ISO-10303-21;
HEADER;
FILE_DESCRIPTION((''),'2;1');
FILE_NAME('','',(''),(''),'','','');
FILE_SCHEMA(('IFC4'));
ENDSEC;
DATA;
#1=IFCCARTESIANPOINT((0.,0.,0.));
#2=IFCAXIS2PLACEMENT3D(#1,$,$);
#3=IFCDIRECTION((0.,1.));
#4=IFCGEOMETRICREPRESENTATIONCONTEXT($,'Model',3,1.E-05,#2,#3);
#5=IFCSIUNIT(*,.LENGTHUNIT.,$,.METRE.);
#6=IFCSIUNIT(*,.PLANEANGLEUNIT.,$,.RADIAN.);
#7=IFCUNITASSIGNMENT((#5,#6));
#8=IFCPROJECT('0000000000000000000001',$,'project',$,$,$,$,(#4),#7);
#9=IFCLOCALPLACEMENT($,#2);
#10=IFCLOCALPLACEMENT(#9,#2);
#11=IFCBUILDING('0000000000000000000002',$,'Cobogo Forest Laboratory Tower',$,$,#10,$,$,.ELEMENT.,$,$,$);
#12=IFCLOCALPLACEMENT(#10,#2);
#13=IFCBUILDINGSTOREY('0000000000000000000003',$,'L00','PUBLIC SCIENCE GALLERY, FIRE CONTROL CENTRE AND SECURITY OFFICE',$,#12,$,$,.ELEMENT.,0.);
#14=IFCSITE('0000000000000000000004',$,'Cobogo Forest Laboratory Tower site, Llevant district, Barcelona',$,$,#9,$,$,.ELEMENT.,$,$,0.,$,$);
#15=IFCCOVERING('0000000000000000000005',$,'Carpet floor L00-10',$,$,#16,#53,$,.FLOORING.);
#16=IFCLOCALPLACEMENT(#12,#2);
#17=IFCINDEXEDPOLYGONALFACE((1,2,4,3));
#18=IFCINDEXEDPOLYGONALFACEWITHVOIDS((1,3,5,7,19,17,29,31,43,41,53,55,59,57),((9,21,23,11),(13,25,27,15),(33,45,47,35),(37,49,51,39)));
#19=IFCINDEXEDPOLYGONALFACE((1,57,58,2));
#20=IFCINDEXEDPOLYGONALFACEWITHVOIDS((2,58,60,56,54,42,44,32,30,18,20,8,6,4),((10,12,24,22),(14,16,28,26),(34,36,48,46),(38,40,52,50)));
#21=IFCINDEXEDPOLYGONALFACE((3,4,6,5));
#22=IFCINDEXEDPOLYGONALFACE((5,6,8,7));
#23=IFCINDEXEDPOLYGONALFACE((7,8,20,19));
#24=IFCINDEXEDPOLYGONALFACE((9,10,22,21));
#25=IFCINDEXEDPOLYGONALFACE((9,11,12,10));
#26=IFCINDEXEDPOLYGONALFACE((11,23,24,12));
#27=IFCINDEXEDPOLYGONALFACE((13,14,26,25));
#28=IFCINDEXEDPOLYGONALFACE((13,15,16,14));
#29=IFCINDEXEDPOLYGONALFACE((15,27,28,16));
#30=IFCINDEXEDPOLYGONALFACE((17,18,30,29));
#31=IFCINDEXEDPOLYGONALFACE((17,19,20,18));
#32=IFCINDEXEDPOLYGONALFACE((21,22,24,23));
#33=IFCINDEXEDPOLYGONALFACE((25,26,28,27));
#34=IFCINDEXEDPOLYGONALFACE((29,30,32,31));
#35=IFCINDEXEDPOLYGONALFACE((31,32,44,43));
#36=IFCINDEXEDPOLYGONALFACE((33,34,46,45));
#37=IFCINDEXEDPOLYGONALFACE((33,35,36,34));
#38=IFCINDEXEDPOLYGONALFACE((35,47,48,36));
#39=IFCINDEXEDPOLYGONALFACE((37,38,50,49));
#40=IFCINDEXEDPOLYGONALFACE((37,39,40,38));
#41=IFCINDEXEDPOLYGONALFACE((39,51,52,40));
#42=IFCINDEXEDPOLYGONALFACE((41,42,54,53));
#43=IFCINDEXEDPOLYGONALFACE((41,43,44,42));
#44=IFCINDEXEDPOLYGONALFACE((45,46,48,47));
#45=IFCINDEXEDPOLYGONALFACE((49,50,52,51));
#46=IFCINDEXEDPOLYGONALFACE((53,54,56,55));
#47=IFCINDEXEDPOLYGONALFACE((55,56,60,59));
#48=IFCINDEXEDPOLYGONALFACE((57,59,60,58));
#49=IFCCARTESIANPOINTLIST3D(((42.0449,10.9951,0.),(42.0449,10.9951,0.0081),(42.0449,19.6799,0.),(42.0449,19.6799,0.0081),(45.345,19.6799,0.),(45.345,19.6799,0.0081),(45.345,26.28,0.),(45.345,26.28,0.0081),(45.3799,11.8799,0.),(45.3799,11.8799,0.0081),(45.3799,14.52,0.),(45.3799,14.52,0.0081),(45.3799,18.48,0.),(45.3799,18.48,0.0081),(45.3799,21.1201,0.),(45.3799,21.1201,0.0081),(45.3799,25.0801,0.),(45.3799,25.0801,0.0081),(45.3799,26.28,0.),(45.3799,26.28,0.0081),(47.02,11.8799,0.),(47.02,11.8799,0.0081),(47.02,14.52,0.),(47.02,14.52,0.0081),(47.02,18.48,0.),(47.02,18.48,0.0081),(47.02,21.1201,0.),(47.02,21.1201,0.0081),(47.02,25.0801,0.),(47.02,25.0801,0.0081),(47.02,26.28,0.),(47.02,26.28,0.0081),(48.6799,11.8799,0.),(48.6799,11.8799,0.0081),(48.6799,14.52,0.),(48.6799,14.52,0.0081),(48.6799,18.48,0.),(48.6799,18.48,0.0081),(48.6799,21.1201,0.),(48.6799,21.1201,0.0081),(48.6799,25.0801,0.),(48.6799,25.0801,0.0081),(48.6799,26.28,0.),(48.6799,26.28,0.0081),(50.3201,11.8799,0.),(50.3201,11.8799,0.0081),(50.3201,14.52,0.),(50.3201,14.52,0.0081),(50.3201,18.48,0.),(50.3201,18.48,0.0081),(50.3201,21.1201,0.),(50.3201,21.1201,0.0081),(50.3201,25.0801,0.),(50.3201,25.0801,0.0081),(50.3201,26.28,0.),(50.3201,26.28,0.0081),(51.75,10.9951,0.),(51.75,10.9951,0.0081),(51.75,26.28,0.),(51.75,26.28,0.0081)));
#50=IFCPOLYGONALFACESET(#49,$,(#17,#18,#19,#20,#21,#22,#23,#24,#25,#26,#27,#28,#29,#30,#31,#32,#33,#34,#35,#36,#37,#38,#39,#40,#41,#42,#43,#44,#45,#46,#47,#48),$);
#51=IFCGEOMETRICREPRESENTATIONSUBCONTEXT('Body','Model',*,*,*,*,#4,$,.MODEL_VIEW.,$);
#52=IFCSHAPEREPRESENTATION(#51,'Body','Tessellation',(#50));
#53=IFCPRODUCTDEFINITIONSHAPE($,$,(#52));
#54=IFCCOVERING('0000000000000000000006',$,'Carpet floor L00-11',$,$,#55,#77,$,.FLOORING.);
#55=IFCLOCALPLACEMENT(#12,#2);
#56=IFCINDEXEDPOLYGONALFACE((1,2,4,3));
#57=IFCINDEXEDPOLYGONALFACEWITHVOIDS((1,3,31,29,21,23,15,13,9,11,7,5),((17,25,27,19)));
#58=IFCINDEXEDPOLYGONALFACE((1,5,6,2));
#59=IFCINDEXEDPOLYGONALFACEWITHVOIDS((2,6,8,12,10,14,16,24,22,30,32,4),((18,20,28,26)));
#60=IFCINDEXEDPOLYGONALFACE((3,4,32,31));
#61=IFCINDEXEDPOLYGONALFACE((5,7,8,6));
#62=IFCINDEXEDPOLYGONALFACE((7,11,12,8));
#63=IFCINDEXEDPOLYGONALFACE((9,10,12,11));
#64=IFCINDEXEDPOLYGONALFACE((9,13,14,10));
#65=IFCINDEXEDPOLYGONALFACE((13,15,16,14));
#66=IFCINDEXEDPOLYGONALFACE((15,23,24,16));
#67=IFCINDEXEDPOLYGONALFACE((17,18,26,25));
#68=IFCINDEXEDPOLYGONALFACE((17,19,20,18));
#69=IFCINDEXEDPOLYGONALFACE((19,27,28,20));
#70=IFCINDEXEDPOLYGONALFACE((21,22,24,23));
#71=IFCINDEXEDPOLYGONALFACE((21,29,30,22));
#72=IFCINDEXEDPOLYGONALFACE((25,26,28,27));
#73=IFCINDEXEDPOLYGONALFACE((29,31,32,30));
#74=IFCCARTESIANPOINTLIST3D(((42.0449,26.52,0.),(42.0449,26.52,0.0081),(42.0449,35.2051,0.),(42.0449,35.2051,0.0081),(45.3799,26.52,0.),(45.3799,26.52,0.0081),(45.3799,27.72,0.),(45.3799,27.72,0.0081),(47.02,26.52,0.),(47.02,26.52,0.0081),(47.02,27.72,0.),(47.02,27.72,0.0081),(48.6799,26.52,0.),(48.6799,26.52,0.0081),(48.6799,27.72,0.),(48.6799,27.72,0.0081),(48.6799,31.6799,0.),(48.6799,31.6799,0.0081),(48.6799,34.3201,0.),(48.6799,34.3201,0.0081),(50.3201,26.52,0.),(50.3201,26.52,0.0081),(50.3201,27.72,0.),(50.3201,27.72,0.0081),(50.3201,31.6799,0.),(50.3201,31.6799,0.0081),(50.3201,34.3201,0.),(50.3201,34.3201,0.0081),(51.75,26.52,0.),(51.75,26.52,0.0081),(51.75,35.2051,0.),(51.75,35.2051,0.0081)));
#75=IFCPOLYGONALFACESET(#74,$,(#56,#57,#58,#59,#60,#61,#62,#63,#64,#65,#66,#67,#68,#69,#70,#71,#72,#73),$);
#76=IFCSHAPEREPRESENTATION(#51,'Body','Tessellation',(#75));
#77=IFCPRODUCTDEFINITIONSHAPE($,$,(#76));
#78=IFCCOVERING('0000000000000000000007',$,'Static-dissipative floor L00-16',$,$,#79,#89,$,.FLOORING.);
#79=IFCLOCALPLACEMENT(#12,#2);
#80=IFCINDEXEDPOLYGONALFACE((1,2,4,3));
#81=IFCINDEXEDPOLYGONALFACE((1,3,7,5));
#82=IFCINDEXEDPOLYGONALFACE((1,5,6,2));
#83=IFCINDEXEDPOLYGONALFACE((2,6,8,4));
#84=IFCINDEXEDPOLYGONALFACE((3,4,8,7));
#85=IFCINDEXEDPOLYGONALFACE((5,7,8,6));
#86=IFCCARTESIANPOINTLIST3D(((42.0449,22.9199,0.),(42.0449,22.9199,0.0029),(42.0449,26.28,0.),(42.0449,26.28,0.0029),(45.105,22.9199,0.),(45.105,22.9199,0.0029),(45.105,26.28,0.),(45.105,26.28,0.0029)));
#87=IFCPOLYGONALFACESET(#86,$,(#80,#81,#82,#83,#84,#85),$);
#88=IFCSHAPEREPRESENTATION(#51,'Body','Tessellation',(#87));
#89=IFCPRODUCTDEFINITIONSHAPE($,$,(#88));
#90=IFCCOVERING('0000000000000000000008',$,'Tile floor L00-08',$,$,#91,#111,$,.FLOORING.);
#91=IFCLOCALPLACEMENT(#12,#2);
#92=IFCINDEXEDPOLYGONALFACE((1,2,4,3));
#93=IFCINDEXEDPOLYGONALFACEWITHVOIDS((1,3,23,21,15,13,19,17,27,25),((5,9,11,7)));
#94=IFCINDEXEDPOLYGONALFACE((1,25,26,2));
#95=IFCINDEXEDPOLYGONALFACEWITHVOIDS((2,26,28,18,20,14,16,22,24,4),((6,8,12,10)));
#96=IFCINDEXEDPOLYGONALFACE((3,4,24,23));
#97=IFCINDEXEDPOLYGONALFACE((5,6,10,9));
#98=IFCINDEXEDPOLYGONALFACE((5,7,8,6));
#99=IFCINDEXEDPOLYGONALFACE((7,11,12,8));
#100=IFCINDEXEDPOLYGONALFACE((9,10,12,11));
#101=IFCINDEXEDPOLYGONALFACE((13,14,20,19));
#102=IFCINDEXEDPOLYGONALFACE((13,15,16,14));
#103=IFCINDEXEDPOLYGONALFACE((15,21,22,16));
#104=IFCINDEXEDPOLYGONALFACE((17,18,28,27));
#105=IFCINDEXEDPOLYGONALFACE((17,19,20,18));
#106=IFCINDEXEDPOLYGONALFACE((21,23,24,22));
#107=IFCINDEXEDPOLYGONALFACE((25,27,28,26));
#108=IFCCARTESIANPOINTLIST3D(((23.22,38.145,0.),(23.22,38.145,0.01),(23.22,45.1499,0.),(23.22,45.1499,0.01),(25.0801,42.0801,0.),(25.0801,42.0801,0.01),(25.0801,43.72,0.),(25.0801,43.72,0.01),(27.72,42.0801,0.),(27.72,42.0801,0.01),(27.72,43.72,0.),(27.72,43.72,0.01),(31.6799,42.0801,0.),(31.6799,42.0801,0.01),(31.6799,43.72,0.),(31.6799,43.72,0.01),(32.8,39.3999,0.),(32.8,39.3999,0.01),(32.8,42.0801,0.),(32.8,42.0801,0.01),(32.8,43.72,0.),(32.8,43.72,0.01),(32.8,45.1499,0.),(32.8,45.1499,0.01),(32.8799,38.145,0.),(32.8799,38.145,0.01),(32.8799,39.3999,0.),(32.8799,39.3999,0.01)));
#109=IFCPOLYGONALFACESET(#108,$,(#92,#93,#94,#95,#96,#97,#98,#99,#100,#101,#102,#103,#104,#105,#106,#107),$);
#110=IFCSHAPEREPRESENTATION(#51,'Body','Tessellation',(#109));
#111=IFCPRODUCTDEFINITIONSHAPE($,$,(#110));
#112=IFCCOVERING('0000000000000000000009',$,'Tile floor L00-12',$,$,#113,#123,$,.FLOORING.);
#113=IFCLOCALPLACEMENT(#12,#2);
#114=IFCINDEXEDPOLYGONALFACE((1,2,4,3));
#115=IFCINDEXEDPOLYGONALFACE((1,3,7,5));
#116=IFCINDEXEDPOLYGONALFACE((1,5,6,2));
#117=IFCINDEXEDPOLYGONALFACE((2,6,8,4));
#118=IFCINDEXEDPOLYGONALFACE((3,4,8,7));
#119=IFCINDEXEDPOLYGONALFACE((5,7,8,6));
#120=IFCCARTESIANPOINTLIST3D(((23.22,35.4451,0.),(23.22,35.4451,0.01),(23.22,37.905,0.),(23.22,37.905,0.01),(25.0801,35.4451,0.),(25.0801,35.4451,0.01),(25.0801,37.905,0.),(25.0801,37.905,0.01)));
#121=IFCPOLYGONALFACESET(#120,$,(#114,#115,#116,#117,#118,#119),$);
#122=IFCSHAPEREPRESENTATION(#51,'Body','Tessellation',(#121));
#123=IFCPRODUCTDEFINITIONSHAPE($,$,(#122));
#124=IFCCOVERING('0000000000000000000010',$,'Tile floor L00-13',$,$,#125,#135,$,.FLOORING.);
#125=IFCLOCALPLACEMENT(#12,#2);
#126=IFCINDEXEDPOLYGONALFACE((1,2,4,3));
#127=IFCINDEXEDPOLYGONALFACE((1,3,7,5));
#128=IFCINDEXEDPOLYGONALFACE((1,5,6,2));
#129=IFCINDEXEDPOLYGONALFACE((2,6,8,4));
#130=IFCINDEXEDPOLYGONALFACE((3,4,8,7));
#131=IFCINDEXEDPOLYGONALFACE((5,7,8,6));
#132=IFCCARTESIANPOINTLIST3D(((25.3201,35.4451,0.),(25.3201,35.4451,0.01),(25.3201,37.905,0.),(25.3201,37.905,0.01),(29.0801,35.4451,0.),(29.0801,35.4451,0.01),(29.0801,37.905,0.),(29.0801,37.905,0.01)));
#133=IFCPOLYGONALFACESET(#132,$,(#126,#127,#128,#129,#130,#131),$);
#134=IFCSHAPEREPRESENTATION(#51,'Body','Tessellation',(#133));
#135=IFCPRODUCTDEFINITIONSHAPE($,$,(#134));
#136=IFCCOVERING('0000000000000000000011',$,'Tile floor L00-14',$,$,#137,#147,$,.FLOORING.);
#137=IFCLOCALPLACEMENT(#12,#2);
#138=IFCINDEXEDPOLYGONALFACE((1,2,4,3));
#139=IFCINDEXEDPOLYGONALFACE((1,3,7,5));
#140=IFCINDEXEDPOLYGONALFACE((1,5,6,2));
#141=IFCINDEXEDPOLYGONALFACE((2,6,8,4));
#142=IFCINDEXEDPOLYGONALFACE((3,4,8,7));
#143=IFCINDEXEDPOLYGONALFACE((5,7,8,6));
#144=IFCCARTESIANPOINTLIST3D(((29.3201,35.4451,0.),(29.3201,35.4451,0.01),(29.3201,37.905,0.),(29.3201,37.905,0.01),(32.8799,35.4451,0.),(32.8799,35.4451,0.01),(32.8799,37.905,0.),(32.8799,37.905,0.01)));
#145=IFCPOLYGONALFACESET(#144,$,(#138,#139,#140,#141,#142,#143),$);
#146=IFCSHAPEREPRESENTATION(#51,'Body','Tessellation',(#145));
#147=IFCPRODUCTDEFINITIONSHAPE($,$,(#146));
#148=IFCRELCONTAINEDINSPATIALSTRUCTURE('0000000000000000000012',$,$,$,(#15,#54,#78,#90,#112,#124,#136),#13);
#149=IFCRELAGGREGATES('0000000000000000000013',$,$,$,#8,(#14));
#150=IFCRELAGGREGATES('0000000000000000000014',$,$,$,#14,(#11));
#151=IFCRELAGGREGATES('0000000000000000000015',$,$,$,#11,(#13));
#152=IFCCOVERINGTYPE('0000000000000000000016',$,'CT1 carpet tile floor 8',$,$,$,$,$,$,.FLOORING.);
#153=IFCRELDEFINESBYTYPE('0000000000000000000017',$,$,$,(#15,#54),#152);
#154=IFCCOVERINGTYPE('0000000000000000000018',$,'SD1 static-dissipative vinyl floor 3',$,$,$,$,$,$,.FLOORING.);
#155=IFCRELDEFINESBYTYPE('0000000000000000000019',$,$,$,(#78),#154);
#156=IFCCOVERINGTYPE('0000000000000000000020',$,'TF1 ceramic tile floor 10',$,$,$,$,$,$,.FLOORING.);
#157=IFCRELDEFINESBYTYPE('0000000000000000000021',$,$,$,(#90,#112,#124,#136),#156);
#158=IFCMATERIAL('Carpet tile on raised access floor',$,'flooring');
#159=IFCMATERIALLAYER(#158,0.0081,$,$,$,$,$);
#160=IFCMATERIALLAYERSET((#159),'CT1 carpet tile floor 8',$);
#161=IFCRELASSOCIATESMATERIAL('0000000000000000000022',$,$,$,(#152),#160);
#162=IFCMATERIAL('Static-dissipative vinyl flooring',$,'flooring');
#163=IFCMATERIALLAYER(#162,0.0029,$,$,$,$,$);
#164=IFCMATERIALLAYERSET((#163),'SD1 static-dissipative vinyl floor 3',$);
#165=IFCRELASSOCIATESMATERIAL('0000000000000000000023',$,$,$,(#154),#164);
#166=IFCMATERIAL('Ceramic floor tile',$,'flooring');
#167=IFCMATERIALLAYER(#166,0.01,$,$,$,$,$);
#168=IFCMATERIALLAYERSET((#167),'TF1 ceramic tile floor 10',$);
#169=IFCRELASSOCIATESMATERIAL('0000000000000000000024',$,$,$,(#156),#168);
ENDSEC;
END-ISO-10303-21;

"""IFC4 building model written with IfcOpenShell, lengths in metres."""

from ifc_helpers import new_model, si_unit, direction, origin, place, context, subcontext, project, spatial, polyline, outline, extrude, material, layer, layer_set, type_object, element, save


model = new_model("IFC4")

# Units and contexts
model_context = context("Model", 3, precision=1e-05, world=origin(), true_north=direction((0.0, 1.0)))
body_context = subcontext(model_context, "Body", "Model", "MODEL_VIEW")
ifc_project = project(units=[si_unit("LENGTHUNIT", "METRE"), si_unit("PLANEANGLEUNIT", "RADIAN")], contexts=[model_context])

# Site, building, storey
site_placement = place(None, origin())
site = spatial("IfcSite", under=ifc_project, at=site_placement, Name="Cobogo Forest Laboratory Tower site, Llevant district, Barcelona", CompositionType="ELEMENT", RefElevation=0.0)
building_placement = place(site_placement, origin())
building = spatial("IfcBuilding", under=site, at=building_placement, Name="Cobogo Forest Laboratory Tower", CompositionType="ELEMENT")
storey_placement = place(building_placement, origin())
storey = spatial("IfcBuildingStorey", under=building, at=storey_placement, Name="L00", Description="PUBLIC SCIENCE GALLERY, FIRE CONTROL CENTRE AND SECURITY OFFICE", CompositionType="ELEMENT", Elevation=0.0)

# Coverings
ifc_material_1 = material(Name="Carpet tile on raised access floor", Category="flooring")
ifc_layer_1 = layer(ifc_material_1, 0.0081)
ifc_layer_set_1 = layer_set([ifc_layer_1], Name="CT1 carpet tile floor 8")
covering_type_1 = type_object("IfcCoveringType", Name="CT1 carpet tile floor 8", PredefinedType="FLOORING", material=ifc_layer_set_1)
covering_1_placement = place(storey_placement, origin())
element("IfcCovering", 1, at=covering_1_placement, inside=storey, type_object=covering_type_1, Name="Carpet floor L00-10", PredefinedType="FLOORING", context=body_context, shape_type="SweptSolid", body=[
    extrude(outline(polyline([(42.0449, 19.6799), (45.345, 19.6799), (45.345, 26.28), (45.3799, 26.28), (45.3799, 25.0801), (47.02, 25.0801), (47.02, 26.28), (48.6799, 26.28), (48.6799, 25.0801), (50.3201, 25.0801), (50.3201, 26.28), (51.75, 26.28), (51.75, 10.9951), (42.0449, 10.9951), (42.0449, 19.6799)]), holes=[polyline([(48.6799, 11.8799), (50.3201, 11.8799), (50.3201, 14.52), (48.6799, 14.52), (48.6799, 11.8799)]), polyline([(48.6799, 18.48), (50.3201, 18.48), (50.3201, 21.1201), (48.6799, 21.1201), (48.6799, 18.48)]), polyline([(45.3799, 14.52), (45.3799, 11.8799), (47.02, 11.8799), (47.02, 14.52), (45.3799, 14.52)]), polyline([(45.3799, 18.48), (47.02, 18.48), (47.02, 21.1201), (45.3799, 21.1201), (45.3799, 18.48)])]), origin(), (0.0, 0.0, 1.0), 0.0081),
])
covering_2_placement = place(storey_placement, origin())
element("IfcCovering", 2, at=covering_2_placement, inside=storey, type_object=covering_type_1, Name="Carpet floor L00-11", PredefinedType="FLOORING", context=body_context, shape_type="SweptSolid", body=[
    extrude(outline(polyline([(50.3201, 26.52), (50.3201, 27.72), (48.6799, 27.72), (48.6799, 26.52), (47.02, 26.52), (47.02, 27.72), (45.3799, 27.72), (45.3799, 26.52), (42.0449, 26.52), (42.0449, 35.2051), (51.75, 35.2051), (51.75, 26.52), (50.3201, 26.52)]), holes=[polyline([(48.6799, 34.3201), (48.6799, 31.6799), (50.3201, 31.6799), (50.3201, 34.3201), (48.6799, 34.3201)])]), origin(), (0.0, 0.0, 1.0), 0.0081),
])
ifc_material_2 = material(Name="Static-dissipative vinyl flooring", Category="flooring")
ifc_layer_2 = layer(ifc_material_2, 0.0029)
ifc_layer_set_2 = layer_set([ifc_layer_2], Name="SD1 static-dissipative vinyl floor 3")
covering_type_2 = type_object("IfcCoveringType", Name="SD1 static-dissipative vinyl floor 3", PredefinedType="FLOORING", material=ifc_layer_set_2)
covering_3_placement = place(storey_placement, origin())
element("IfcCovering", 3, at=covering_3_placement, inside=storey, type_object=covering_type_2, Name="Static-dissipative floor L00-16", PredefinedType="FLOORING", context=body_context, shape_type="SweptSolid", body=[
    extrude(outline(polyline([(45.105, 22.9199), (42.0449, 22.9199), (42.0449, 26.28), (45.105, 26.28), (45.105, 22.9199)])), origin(), (0.0, 0.0, 1.0), 0.0029),
])
ifc_material_3 = material(Name="Ceramic floor tile", Category="flooring")
ifc_layer_3 = layer(ifc_material_3, 0.01)
ifc_layer_set_3 = layer_set([ifc_layer_3], Name="TF1 ceramic tile floor 10")
covering_type_3 = type_object("IfcCoveringType", Name="TF1 ceramic tile floor 10", PredefinedType="FLOORING", material=ifc_layer_set_3)
covering_4_placement = place(storey_placement, origin())
element("IfcCovering", 4, at=covering_4_placement, inside=storey, type_object=covering_type_3, Name="Tile floor L00-08", PredefinedType="FLOORING", context=body_context, shape_type="SweptSolid", body=[
    extrude(outline(polyline([(23.22, 38.145), (23.22, 45.1499), (32.8, 45.1499), (32.8, 43.72), (31.6799, 43.72), (31.6799, 42.0801), (32.8, 42.0801), (32.8, 39.3999), (32.8799, 39.3999), (32.8799, 38.145), (23.22, 38.145)]), holes=[polyline([(27.72, 43.72), (25.0801, 43.72), (25.0801, 42.0801), (27.72, 42.0801), (27.72, 43.72)])]), origin(), (0.0, 0.0, 1.0), 0.01),
])
covering_5_placement = place(storey_placement, origin())
element("IfcCovering", 5, at=covering_5_placement, inside=storey, type_object=covering_type_3, Name="Tile floor L00-12", PredefinedType="FLOORING", context=body_context, shape_type="SweptSolid", body=[
    extrude(outline(polyline([(25.0801, 35.4451), (23.22, 35.4451), (23.22, 37.905), (25.0801, 37.905), (25.0801, 35.4451)])), origin(), (0.0, 0.0, 1.0), 0.01),
])
covering_6_placement = place(storey_placement, origin())
element("IfcCovering", 6, at=covering_6_placement, inside=storey, type_object=covering_type_3, Name="Tile floor L00-13", PredefinedType="FLOORING", context=body_context, shape_type="SweptSolid", body=[
    extrude(outline(polyline([(29.0801, 35.4451), (25.3201, 35.4451), (25.3201, 37.905), (29.0801, 37.905), (29.0801, 35.4451)])), origin(), (0.0, 0.0, 1.0), 0.01),
])
covering_7_placement = place(storey_placement, origin())
element("IfcCovering", 7, at=covering_7_placement, inside=storey, type_object=covering_type_3, Name="Tile floor L00-14", PredefinedType="FLOORING", context=body_context, shape_type="SweptSolid", body=[
    extrude(outline(polyline([(32.8799, 35.4451), (29.3201, 35.4451), (29.3201, 37.905), (32.8799, 37.905), (32.8799, 35.4451)])), origin(), (0.0, 0.0, 1.0), 0.01),
])

save(model, "model.ifc")
